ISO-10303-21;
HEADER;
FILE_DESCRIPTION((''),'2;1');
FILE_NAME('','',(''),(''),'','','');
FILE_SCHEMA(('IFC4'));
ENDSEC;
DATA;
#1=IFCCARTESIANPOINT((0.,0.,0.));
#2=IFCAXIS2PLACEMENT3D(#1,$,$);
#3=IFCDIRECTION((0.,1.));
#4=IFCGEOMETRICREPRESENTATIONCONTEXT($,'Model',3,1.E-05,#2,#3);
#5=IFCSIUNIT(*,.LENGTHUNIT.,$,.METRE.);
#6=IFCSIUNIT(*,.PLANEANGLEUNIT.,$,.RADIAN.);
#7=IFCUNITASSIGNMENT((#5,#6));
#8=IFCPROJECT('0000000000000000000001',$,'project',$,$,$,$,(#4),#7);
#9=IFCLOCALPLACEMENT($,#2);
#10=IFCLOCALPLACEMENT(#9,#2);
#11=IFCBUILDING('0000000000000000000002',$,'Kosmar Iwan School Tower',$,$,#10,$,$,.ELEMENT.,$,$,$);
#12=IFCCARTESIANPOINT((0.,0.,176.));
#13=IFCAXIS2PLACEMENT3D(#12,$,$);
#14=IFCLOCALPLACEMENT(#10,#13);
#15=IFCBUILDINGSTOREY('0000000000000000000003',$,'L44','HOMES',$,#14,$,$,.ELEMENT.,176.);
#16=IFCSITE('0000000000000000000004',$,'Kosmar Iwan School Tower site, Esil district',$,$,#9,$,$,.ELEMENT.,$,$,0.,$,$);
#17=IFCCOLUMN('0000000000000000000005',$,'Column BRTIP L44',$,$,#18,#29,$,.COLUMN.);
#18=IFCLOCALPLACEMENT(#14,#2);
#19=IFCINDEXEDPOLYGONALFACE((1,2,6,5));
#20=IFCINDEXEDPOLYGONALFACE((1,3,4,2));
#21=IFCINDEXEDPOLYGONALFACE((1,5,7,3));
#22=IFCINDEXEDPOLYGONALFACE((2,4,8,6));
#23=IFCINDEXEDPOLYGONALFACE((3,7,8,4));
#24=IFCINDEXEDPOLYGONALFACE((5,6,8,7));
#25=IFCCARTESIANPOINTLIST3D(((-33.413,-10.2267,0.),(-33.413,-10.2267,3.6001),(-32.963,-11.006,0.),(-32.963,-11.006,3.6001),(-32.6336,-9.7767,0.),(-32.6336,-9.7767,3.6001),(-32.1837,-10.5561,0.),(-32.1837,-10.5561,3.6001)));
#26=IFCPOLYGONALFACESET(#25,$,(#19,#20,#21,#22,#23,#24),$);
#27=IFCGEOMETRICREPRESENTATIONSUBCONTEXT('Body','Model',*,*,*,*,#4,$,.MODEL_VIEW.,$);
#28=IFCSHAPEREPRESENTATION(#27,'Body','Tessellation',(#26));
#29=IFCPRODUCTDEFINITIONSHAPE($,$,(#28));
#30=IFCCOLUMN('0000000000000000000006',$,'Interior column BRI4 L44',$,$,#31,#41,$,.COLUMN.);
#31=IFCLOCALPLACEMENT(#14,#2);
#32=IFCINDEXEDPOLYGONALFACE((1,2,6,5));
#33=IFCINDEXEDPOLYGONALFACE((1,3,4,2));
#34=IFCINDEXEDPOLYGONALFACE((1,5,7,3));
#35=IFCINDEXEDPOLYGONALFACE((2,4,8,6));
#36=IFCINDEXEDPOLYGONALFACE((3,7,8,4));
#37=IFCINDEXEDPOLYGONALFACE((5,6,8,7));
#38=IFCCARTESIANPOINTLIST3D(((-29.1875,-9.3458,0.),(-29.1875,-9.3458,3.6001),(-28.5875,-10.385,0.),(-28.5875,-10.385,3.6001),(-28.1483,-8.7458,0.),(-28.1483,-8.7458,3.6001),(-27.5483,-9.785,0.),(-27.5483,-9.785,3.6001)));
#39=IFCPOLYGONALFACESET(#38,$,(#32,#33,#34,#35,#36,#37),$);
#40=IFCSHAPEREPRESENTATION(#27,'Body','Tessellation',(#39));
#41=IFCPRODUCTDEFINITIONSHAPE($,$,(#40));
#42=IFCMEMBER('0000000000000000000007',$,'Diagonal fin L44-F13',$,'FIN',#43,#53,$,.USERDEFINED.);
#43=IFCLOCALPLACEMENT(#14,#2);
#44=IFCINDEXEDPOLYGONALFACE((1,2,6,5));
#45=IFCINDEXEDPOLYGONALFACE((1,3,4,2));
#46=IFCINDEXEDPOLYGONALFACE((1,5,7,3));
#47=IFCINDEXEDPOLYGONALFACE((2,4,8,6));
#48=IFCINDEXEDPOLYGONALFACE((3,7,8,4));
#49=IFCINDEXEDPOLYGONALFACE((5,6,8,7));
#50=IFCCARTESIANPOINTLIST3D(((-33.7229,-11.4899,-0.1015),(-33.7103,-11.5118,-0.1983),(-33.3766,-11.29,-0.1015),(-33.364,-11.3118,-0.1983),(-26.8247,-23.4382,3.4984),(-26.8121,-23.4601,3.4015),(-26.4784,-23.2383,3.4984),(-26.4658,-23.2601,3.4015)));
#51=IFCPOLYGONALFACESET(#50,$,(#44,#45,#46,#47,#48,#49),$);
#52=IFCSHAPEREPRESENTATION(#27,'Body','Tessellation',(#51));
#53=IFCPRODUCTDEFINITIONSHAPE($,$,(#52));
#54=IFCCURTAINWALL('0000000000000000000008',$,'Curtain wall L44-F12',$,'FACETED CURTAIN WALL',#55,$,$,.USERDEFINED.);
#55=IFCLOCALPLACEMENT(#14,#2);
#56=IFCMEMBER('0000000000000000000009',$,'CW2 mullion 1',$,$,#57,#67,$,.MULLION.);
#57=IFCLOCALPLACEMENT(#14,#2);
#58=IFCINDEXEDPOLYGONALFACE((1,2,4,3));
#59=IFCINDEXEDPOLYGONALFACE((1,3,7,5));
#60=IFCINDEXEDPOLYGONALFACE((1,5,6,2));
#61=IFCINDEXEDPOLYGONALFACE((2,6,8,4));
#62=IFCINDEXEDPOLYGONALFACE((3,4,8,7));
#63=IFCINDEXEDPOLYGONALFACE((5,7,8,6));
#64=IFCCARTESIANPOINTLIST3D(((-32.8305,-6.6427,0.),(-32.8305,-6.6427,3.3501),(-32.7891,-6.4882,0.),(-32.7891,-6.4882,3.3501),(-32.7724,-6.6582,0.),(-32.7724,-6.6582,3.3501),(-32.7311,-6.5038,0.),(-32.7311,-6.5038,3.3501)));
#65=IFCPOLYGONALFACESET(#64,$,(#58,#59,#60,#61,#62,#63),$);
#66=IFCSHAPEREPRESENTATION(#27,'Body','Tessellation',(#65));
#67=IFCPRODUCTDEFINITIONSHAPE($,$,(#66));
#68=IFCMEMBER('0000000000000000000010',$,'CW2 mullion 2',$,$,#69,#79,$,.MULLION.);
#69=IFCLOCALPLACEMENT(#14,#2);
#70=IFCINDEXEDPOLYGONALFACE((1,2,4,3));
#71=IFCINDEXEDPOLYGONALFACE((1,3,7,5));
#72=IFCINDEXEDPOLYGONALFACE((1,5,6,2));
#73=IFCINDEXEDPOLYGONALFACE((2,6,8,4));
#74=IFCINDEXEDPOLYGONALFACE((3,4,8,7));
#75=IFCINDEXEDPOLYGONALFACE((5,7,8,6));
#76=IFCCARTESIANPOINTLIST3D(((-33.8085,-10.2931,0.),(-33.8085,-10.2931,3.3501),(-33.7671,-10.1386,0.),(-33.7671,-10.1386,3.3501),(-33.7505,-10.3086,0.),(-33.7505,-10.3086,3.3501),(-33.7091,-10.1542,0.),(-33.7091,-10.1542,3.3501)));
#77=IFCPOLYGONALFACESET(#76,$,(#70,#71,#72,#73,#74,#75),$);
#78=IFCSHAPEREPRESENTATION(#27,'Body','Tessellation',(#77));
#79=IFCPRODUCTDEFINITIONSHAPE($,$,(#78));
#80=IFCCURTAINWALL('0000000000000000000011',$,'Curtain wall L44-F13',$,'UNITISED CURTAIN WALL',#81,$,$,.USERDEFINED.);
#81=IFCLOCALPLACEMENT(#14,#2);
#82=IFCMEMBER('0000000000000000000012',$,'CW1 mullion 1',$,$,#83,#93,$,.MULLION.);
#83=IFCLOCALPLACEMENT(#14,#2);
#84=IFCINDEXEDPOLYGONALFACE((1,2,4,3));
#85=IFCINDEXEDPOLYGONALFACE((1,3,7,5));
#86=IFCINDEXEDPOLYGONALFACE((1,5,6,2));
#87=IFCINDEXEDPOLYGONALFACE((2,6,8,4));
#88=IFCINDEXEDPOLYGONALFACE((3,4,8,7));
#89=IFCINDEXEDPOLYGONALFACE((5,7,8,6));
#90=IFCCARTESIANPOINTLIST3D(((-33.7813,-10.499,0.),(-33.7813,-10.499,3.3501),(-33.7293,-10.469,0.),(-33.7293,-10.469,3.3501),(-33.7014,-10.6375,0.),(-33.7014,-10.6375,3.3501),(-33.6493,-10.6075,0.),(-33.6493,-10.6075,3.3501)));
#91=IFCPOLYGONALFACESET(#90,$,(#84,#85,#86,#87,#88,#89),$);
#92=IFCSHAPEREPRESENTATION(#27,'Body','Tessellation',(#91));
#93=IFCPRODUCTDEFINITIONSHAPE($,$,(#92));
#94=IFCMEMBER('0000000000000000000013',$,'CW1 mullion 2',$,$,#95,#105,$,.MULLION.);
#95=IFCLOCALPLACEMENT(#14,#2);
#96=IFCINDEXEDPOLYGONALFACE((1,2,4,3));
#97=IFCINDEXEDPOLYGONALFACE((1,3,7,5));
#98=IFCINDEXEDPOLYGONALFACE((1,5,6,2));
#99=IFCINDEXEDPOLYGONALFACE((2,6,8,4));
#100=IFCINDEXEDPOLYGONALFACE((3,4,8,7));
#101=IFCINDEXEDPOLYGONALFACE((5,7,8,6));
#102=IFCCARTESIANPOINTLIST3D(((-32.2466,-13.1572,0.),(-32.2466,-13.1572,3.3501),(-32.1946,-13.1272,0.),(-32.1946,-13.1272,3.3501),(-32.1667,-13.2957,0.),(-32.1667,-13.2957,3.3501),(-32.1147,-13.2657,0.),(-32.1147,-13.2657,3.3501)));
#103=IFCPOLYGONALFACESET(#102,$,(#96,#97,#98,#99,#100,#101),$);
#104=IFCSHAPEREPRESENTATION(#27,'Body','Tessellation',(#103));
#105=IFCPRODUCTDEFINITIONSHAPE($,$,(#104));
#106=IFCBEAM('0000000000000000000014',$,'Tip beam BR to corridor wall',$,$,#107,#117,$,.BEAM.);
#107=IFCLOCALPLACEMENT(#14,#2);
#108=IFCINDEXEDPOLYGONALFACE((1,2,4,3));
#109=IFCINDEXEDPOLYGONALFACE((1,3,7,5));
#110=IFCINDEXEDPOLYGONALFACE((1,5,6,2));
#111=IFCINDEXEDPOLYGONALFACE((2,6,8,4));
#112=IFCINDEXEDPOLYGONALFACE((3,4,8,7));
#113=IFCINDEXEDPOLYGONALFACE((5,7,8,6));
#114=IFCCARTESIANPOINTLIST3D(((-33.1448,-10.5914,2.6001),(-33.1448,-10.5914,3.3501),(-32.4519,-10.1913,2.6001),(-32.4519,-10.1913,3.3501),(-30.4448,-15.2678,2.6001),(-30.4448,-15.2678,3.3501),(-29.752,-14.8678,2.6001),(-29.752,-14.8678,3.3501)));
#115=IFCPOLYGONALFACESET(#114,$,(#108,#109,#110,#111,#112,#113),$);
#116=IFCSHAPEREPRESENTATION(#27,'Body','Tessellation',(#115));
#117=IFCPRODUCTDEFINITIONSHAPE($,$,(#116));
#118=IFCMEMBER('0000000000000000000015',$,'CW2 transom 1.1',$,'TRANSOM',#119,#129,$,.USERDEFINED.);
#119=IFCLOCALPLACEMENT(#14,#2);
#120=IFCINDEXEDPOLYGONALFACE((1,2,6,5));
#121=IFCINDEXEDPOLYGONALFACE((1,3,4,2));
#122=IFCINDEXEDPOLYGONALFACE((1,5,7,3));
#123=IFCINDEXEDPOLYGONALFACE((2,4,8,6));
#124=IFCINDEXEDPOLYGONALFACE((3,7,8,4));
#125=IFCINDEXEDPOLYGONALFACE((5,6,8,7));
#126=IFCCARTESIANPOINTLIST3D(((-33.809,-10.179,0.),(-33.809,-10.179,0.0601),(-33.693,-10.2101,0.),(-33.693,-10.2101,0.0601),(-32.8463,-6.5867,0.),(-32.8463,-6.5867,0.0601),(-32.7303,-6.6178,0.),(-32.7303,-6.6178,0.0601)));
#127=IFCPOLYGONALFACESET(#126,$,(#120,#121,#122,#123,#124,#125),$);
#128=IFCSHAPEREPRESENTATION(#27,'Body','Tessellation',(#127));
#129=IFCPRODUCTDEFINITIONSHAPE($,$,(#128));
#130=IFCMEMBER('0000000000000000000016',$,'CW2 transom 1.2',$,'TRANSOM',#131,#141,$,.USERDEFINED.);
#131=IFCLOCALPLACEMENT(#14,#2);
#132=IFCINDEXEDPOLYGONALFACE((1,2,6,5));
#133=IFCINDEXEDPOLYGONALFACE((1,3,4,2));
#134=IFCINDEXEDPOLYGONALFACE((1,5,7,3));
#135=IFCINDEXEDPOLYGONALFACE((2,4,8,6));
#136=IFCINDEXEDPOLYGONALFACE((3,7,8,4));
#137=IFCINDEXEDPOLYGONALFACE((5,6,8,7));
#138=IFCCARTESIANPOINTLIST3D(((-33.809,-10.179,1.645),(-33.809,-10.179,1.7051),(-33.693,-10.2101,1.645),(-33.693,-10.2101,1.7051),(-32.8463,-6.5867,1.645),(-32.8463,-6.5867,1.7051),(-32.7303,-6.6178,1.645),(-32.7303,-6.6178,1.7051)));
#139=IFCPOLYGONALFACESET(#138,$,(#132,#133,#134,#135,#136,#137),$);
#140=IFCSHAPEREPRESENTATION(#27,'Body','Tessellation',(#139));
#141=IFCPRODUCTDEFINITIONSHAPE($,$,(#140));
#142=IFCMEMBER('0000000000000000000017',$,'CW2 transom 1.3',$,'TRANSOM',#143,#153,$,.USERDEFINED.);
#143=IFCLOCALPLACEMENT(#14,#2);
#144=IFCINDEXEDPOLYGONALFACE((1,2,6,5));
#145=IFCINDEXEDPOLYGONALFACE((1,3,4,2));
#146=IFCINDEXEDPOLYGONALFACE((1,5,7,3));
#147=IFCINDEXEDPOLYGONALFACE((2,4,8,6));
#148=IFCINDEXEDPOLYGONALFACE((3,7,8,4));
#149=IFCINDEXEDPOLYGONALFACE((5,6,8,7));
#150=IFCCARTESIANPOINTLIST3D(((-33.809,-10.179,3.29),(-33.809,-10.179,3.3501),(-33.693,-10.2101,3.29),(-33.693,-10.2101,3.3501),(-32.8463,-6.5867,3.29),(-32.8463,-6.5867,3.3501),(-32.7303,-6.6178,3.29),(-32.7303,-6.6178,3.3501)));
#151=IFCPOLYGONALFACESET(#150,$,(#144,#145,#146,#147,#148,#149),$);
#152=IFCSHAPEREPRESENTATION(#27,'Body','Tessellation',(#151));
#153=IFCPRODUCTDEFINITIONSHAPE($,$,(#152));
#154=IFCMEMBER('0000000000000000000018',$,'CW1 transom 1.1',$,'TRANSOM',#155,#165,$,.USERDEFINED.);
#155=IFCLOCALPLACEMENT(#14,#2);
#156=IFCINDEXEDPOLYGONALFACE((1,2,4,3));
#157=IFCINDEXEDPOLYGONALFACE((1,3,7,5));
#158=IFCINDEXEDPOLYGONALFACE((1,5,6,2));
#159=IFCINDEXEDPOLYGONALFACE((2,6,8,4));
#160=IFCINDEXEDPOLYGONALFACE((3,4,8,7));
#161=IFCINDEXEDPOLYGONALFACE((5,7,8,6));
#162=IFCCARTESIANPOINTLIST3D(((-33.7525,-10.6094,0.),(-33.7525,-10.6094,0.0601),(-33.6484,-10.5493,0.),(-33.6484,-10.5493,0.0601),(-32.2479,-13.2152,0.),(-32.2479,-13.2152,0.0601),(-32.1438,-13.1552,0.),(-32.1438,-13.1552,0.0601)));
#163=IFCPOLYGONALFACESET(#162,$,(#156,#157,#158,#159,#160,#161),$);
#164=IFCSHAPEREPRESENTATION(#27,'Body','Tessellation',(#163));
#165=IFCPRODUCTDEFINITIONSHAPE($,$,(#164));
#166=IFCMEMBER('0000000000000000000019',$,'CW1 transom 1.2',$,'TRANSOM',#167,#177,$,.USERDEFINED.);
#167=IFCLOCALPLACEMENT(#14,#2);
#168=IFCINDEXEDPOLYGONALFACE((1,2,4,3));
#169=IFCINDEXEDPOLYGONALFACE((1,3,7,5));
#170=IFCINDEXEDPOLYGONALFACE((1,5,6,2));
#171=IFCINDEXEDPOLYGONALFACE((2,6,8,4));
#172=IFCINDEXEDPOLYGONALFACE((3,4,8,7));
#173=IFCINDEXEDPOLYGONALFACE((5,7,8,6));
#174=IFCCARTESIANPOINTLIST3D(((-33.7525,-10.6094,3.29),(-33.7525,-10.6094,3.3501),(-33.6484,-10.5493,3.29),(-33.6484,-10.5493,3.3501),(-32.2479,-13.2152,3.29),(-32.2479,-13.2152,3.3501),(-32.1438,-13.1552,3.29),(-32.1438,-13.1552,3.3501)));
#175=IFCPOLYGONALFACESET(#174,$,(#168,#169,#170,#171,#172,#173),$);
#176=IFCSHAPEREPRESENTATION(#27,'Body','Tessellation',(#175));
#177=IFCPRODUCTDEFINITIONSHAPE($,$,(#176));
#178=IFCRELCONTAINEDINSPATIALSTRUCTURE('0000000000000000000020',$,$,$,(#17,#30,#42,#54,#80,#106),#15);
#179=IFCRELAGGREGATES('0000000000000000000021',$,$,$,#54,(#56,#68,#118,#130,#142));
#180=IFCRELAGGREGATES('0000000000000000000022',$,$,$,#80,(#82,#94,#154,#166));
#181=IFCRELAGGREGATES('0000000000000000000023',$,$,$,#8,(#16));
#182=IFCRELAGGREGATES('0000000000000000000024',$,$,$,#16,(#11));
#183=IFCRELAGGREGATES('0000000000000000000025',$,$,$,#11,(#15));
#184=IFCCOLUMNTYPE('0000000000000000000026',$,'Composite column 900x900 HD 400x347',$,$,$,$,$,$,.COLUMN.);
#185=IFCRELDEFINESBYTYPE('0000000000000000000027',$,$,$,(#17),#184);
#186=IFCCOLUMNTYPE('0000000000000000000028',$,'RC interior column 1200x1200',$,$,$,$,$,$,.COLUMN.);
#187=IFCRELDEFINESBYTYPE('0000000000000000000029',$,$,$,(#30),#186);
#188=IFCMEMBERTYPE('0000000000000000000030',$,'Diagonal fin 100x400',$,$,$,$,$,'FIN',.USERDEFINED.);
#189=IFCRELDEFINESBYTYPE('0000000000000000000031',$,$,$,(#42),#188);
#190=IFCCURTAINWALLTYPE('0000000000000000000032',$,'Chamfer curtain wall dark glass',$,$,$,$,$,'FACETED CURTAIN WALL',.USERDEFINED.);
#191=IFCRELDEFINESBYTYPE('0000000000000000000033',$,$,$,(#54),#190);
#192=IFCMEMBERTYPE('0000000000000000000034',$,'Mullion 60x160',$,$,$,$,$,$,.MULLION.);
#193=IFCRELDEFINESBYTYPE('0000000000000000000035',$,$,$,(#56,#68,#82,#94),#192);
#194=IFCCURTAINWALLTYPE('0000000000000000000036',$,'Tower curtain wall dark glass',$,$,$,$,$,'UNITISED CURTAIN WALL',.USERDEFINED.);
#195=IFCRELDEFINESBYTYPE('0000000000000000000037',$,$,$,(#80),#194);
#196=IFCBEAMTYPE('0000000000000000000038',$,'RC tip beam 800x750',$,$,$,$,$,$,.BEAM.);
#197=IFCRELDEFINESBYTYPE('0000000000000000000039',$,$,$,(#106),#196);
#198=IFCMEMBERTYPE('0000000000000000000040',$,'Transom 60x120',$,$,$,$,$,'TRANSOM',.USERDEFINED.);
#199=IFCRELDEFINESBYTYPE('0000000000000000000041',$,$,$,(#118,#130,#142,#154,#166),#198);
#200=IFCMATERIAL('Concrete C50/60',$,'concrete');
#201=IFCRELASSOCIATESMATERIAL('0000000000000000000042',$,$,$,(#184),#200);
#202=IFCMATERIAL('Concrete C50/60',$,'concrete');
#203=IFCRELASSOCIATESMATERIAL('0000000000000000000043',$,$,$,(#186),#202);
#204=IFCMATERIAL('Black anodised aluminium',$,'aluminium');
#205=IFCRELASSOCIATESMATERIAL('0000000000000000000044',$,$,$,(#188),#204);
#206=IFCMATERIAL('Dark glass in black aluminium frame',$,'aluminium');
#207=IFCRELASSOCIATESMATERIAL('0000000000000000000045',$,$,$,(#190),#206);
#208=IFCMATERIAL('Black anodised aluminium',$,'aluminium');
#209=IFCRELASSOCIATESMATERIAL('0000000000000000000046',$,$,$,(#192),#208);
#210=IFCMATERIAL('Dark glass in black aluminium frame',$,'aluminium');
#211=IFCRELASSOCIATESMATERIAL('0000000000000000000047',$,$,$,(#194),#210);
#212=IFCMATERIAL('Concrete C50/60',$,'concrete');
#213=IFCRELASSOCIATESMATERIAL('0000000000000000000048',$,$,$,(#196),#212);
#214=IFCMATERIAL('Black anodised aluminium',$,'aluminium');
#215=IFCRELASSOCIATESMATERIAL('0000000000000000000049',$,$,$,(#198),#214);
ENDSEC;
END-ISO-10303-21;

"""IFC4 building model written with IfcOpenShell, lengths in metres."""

from ifc_helpers import new_model, si_unit, direction, frame, origin, origin_2d, place, context, subcontext, project, spatial, rectangle, extrude, material, material_profile, profile_set, type_object, element, aggregate, save


model = new_model("IFC4")

# Units and contexts
model_context = context("Model", 3, precision=1e-05, world=origin(), true_north=direction((0.0, 1.0)))
body_context = subcontext(model_context, "Body", "Model", "MODEL_VIEW")
ifc_project = project(units=[si_unit("LENGTHUNIT", "METRE"), si_unit("PLANEANGLEUNIT", "RADIAN")], contexts=[model_context])

# Site, building, storey
site_placement = place(None, origin())
site = spatial("IfcSite", under=ifc_project, at=site_placement, Name="Kosmar Iwan School Tower site, Esil district", CompositionType="ELEMENT", RefElevation=0.0)
building_placement = place(site_placement, origin())
building = spatial("IfcBuilding", under=site, at=building_placement, Name="Kosmar Iwan School Tower", CompositionType="ELEMENT")
storey_placement = place(building_placement, frame((0.0, 0.0, 176.0)))
storey = spatial("IfcBuildingStorey", under=building, at=storey_placement, Name="L44", Description="HOMES", CompositionType="ELEMENT", Elevation=176.0)

# Columns
ifc_material_1 = material(Name="Concrete C50/60", Category="concrete")
ifc_material_profile_1 = material_profile(ifc_material_1, rectangle(XDim=0.8999, YDim=0.8999, at=origin_2d()), Name="RC 900x900 + HD 400x347")
ifc_profile_set_1 = profile_set([ifc_material_profile_1], Name="Concrete C50/60")
column_type_1 = type_object("IfcColumnType", Name="Composite column 900x900 HD 400x347", PredefinedType="COLUMN", material=ifc_profile_set_1)
column_1_placement = place(storey_placement, frame((-32.7983, -10.3914, 0.0), z_axis=(0.0, 0.0, 1.0), x_axis=(-0.866025, -0.5, 0.0)))
element("IfcColumn", 1, at=column_1_placement, inside=storey, type_object=column_type_1, Name="Column BRTIP L44", PredefinedType="COLUMN", context=body_context, shape_type="SweptSolid", body=[
    extrude(rectangle(XDim=0.8999, YDim=0.8999, at=origin_2d()), origin(), (0.0, 0.0, 1.0), 3.6001),
])
ifc_material_2 = material(Name="Concrete C50/60", Category="concrete")
ifc_material_profile_2 = material_profile(ifc_material_2, rectangle(XDim=1.2, YDim=1.2, at=origin_2d()), Name="RC 1200x1200")
ifc_profile_set_2 = profile_set([ifc_material_profile_2], Name="Concrete C50/60")
column_type_2 = type_object("IfcColumnType", Name="RC interior column 1200x1200", PredefinedType="COLUMN", material=ifc_profile_set_2)
column_2_placement = place(storey_placement, frame((-28.3679, -9.5654, 0.0), z_axis=(0.0, 0.0, 1.0), x_axis=(-0.866025, -0.5, 0.0)))
element("IfcColumn", 2, at=column_2_placement, inside=storey, type_object=column_type_2, Name="Interior column BRI4 L44", PredefinedType="COLUMN", context=body_context, shape_type="SweptSolid", body=[
    extrude(rectangle(XDim=1.2, YDim=1.2, at=origin_2d()), origin(), (0.0, 0.0, 1.0), 3.6001),
])

# Member
ifc_material_3 = material(Name="Black anodised aluminium", Category="aluminium")
ifc_material_profile_3 = material_profile(ifc_material_3, rectangle(XDim=0.1001, YDim=0.3999, at=origin_2d()), Name="FIN 100x400")
ifc_profile_set_3 = profile_set([ifc_material_profile_3], Name="Black anodised aluminium")
member_type_1 = type_object("IfcMemberType", Name="Diagonal fin 100x400", ElementType="FIN", PredefinedType="USERDEFINED", material=ifc_profile_set_3)
member_1_placement = place(storey_placement, frame((-33.5435, -11.4009, -0.1499), z_axis=(0.483796, -0.837974, 0.252471), x_axis=(-0.126234, 0.218647, 0.967604)))
element("IfcMember", 3, at=member_1_placement, inside=storey, type_object=member_type_1, Name="Diagonal fin L44-F13", ObjectType="FIN", PredefinedType="USERDEFINED", context=body_context, shape_type="SweptSolid", body=[
    extrude(rectangle(XDim=0.1001, YDim=0.3999, at=origin_2d()), origin(), (0.0, 0.0, 1.0), 14.2585),
])

# Curtain walls, members
ifc_material_4 = material(Name="Dark glass in black aluminium frame", Category="aluminium")
curtain_wall_type_1 = type_object("IfcCurtainWallType", Name="Chamfer curtain wall dark glass", ElementType="FACETED CURTAIN WALL", PredefinedType="USERDEFINED", material=ifc_material_4)
curtain_wall_1_placement = place(storey_placement, origin())
curtain_wall_1 = element("IfcCurtainWall", 4, at=curtain_wall_1_placement, inside=storey, type_object=curtain_wall_type_1, Name="Curtain wall L44-F12", ObjectType="FACETED CURTAIN WALL", PredefinedType="USERDEFINED")
ifc_material_5 = material(Name="Black anodised aluminium", Category="aluminium")
ifc_material_profile_4 = material_profile(ifc_material_5, rectangle(XDim=0.0601, YDim=0.1599, at=origin_2d()), Name="MULLION 60x160")
ifc_profile_set_4 = profile_set([ifc_material_profile_4], Name="Black anodised aluminium")
member_type_2 = type_object("IfcMemberType", Name="Mullion 60x160", PredefinedType="MULLION", material=ifc_profile_set_4)
member_2_placement = place(storey_placement, frame((-32.7808, -6.5732, 0.0), z_axis=(0.0, 0.0, 1.0), x_axis=(0.965926, -0.258819, 0.0)))
member_2 = element("IfcMember", 5, at=member_2_placement, type_object=member_type_2, Name="CW2 mullion 1", PredefinedType="MULLION", context=body_context, shape_type="SweptSolid", body=[
    extrude(rectangle(XDim=0.0601, YDim=0.1599, at=origin_2d()), origin(), (0.0, 0.0, 1.0), 3.3501),
])
member_3_placement = place(storey_placement, frame((-33.7588, -10.2236, 0.0), z_axis=(0.0, 0.0, 1.0), x_axis=(0.965926, -0.258819, 0.0)))
member_3 = element("IfcMember", 6, at=member_3_placement, type_object=member_type_2, Name="CW2 mullion 2", PredefinedType="MULLION", context=body_context, shape_type="SweptSolid", body=[
    extrude(rectangle(XDim=0.0601, YDim=0.1599, at=origin_2d()), origin(), (0.0, 0.0, 1.0), 3.3501),
])
ifc_material_6 = material(Name="Dark glass in black aluminium frame", Category="aluminium")
curtain_wall_type_2 = type_object("IfcCurtainWallType", Name="Tower curtain wall dark glass", ElementType="UNITISED CURTAIN WALL", PredefinedType="USERDEFINED", material=ifc_material_6)
curtain_wall_2_placement = place(storey_placement, origin())
curtain_wall_2 = element("IfcCurtainWall", 7, at=curtain_wall_2_placement, inside=storey, type_object=curtain_wall_type_2, Name="Curtain wall L44-F13", ObjectType="UNITISED CURTAIN WALL", PredefinedType="USERDEFINED")
member_4_placement = place(storey_placement, frame((-33.7153, -10.5532, 0.0), z_axis=(0.0, 0.0, 1.0), x_axis=(0.866025, 0.5, 0.0)))
member_4 = element("IfcMember", 8, at=member_4_placement, type_object=member_type_2, Name="CW1 mullion 1", PredefinedType="MULLION", context=body_context, shape_type="SweptSolid", body=[
    extrude(rectangle(XDim=0.0601, YDim=0.1599, at=origin_2d()), origin(), (0.0, 0.0, 1.0), 3.3501),
])
member_5_placement = place(storey_placement, frame((-32.1807, -13.2114, 0.0), z_axis=(0.0, 0.0, 1.0), x_axis=(0.866025, 0.5, 0.0)))
member_5 = element("IfcMember", 9, at=member_5_placement, type_object=member_type_2, Name="CW1 mullion 2", PredefinedType="MULLION", context=body_context, shape_type="SweptSolid", body=[
    extrude(rectangle(XDim=0.0601, YDim=0.1599, at=origin_2d()), origin(), (0.0, 0.0, 1.0), 3.3501),
])

# Beam
ifc_material_7 = material(Name="Concrete C50/60", Category="concrete")
ifc_material_profile_5 = material_profile(ifc_material_7, rectangle(XDim=0.8, YDim=0.75, at=origin_2d()), Name="RC 800x750")
ifc_profile_set_5 = profile_set([ifc_material_profile_5], Name="Concrete C50/60")
beam_type = type_object("IfcBeamType", Name="RC tip beam 800x750", PredefinedType="BEAM", material=ifc_profile_set_5)
beam_placement = place(storey_placement, frame((-32.7983, -10.3914, 2.9751), z_axis=(0.499995, -0.866028, 0.0), x_axis=(0.866028, 0.499995, 0.0)))
element("IfcBeam", 10, at=beam_placement, inside=storey, type_object=beam_type, Name="Tip beam BR to corridor wall", PredefinedType="BEAM", context=body_context, shape_type="SweptSolid", body=[
    extrude(rectangle(XDim=0.8, YDim=0.75, at=origin_2d()), origin(), (0.0, 0.0, 1.0), 5.3999),
])

# Members
ifc_material_8 = material(Name="Black anodised aluminium", Category="aluminium")
ifc_material_profile_6 = material_profile(ifc_material_8, rectangle(XDim=0.1201, YDim=0.0601, at=origin_2d()), Name="TRANSOM 60x120")
ifc_profile_set_6 = profile_set([ifc_material_profile_6], Name="Black anodised aluminium")
member_type_3 = type_object("IfcMemberType", Name="Transom 60x120", ElementType="TRANSOM", PredefinedType="USERDEFINED", material=ifc_profile_set_6)
member_6_placement = place(storey_placement, frame((-32.7883, -6.6023, 0.03), z_axis=(-0.258843, -0.965919, 0.0), x_axis=(0.965919, -0.258843, 0.0)))
member_6 = element("IfcMember", 11, at=member_6_placement, type_object=member_type_3, Name="CW2 transom 1.1", ObjectType="TRANSOM", PredefinedType="USERDEFINED", context=body_context, shape_type="SweptSolid", body=[
    extrude(rectangle(XDim=0.1201, YDim=0.0601, at=origin_2d()), origin(), (0.0, 0.0, 1.0), 3.719),
])
member_7_placement = place(storey_placement, frame((-32.7883, -6.6023, 1.675), z_axis=(-0.258843, -0.965919, 0.0), x_axis=(0.965919, -0.258843, 0.0)))
member_7 = element("IfcMember", 12, at=member_7_placement, type_object=member_type_3, Name="CW2 transom 1.2", ObjectType="TRANSOM", PredefinedType="USERDEFINED", context=body_context, shape_type="SweptSolid", body=[
    extrude(rectangle(XDim=0.1201, YDim=0.0601, at=origin_2d()), origin(), (0.0, 0.0, 1.0), 3.719),
])
member_8_placement = place(storey_placement, frame((-32.7883, -6.6023, 3.3201), z_axis=(-0.258843, -0.965919, 0.0), x_axis=(0.965919, -0.258843, 0.0)))
member_8 = element("IfcMember", 13, at=member_8_placement, type_object=member_type_3, Name="CW2 transom 1.3", ObjectType="TRANSOM", PredefinedType="USERDEFINED", context=body_context, shape_type="SweptSolid", body=[
    extrude(rectangle(XDim=0.1201, YDim=0.0601, at=origin_2d()), origin(), (0.0, 0.0, 1.0), 3.719),
])
member_9_placement = place(storey_placement, frame((-33.7004, -10.5793, 0.03), z_axis=(0.500022, -0.866013, 0.0), x_axis=(0.866013, 0.500022, 0.0)))
member_9 = element("IfcMember", 14, at=member_9_placement, type_object=member_type_3, Name="CW1 transom 1.1", ObjectType="TRANSOM", PredefinedType="USERDEFINED", context=body_context, shape_type="SweptSolid", body=[
    extrude(rectangle(XDim=0.1201, YDim=0.0601, at=origin_2d()), origin(), (0.0, 0.0, 1.0), 3.009),
])
member_10_placement = place(storey_placement, frame((-33.7004, -10.5793, 3.3201), z_axis=(0.500022, -0.866013, 0.0), x_axis=(0.866013, 0.500022, 0.0)))
member_10 = element("IfcMember", 15, at=member_10_placement, type_object=member_type_3, Name="CW1 transom 1.2", ObjectType="TRANSOM", PredefinedType="USERDEFINED", context=body_context, shape_type="SweptSolid", body=[
    extrude(rectangle(XDim=0.1201, YDim=0.0601, at=origin_2d()), origin(), (0.0, 0.0, 1.0), 3.009),
])

aggregate(curtain_wall_1, [member_2, member_3, member_6, member_7, member_8])
aggregate(curtain_wall_2, [member_4, member_5, member_9, member_10])

save(model, "model.ifc")
